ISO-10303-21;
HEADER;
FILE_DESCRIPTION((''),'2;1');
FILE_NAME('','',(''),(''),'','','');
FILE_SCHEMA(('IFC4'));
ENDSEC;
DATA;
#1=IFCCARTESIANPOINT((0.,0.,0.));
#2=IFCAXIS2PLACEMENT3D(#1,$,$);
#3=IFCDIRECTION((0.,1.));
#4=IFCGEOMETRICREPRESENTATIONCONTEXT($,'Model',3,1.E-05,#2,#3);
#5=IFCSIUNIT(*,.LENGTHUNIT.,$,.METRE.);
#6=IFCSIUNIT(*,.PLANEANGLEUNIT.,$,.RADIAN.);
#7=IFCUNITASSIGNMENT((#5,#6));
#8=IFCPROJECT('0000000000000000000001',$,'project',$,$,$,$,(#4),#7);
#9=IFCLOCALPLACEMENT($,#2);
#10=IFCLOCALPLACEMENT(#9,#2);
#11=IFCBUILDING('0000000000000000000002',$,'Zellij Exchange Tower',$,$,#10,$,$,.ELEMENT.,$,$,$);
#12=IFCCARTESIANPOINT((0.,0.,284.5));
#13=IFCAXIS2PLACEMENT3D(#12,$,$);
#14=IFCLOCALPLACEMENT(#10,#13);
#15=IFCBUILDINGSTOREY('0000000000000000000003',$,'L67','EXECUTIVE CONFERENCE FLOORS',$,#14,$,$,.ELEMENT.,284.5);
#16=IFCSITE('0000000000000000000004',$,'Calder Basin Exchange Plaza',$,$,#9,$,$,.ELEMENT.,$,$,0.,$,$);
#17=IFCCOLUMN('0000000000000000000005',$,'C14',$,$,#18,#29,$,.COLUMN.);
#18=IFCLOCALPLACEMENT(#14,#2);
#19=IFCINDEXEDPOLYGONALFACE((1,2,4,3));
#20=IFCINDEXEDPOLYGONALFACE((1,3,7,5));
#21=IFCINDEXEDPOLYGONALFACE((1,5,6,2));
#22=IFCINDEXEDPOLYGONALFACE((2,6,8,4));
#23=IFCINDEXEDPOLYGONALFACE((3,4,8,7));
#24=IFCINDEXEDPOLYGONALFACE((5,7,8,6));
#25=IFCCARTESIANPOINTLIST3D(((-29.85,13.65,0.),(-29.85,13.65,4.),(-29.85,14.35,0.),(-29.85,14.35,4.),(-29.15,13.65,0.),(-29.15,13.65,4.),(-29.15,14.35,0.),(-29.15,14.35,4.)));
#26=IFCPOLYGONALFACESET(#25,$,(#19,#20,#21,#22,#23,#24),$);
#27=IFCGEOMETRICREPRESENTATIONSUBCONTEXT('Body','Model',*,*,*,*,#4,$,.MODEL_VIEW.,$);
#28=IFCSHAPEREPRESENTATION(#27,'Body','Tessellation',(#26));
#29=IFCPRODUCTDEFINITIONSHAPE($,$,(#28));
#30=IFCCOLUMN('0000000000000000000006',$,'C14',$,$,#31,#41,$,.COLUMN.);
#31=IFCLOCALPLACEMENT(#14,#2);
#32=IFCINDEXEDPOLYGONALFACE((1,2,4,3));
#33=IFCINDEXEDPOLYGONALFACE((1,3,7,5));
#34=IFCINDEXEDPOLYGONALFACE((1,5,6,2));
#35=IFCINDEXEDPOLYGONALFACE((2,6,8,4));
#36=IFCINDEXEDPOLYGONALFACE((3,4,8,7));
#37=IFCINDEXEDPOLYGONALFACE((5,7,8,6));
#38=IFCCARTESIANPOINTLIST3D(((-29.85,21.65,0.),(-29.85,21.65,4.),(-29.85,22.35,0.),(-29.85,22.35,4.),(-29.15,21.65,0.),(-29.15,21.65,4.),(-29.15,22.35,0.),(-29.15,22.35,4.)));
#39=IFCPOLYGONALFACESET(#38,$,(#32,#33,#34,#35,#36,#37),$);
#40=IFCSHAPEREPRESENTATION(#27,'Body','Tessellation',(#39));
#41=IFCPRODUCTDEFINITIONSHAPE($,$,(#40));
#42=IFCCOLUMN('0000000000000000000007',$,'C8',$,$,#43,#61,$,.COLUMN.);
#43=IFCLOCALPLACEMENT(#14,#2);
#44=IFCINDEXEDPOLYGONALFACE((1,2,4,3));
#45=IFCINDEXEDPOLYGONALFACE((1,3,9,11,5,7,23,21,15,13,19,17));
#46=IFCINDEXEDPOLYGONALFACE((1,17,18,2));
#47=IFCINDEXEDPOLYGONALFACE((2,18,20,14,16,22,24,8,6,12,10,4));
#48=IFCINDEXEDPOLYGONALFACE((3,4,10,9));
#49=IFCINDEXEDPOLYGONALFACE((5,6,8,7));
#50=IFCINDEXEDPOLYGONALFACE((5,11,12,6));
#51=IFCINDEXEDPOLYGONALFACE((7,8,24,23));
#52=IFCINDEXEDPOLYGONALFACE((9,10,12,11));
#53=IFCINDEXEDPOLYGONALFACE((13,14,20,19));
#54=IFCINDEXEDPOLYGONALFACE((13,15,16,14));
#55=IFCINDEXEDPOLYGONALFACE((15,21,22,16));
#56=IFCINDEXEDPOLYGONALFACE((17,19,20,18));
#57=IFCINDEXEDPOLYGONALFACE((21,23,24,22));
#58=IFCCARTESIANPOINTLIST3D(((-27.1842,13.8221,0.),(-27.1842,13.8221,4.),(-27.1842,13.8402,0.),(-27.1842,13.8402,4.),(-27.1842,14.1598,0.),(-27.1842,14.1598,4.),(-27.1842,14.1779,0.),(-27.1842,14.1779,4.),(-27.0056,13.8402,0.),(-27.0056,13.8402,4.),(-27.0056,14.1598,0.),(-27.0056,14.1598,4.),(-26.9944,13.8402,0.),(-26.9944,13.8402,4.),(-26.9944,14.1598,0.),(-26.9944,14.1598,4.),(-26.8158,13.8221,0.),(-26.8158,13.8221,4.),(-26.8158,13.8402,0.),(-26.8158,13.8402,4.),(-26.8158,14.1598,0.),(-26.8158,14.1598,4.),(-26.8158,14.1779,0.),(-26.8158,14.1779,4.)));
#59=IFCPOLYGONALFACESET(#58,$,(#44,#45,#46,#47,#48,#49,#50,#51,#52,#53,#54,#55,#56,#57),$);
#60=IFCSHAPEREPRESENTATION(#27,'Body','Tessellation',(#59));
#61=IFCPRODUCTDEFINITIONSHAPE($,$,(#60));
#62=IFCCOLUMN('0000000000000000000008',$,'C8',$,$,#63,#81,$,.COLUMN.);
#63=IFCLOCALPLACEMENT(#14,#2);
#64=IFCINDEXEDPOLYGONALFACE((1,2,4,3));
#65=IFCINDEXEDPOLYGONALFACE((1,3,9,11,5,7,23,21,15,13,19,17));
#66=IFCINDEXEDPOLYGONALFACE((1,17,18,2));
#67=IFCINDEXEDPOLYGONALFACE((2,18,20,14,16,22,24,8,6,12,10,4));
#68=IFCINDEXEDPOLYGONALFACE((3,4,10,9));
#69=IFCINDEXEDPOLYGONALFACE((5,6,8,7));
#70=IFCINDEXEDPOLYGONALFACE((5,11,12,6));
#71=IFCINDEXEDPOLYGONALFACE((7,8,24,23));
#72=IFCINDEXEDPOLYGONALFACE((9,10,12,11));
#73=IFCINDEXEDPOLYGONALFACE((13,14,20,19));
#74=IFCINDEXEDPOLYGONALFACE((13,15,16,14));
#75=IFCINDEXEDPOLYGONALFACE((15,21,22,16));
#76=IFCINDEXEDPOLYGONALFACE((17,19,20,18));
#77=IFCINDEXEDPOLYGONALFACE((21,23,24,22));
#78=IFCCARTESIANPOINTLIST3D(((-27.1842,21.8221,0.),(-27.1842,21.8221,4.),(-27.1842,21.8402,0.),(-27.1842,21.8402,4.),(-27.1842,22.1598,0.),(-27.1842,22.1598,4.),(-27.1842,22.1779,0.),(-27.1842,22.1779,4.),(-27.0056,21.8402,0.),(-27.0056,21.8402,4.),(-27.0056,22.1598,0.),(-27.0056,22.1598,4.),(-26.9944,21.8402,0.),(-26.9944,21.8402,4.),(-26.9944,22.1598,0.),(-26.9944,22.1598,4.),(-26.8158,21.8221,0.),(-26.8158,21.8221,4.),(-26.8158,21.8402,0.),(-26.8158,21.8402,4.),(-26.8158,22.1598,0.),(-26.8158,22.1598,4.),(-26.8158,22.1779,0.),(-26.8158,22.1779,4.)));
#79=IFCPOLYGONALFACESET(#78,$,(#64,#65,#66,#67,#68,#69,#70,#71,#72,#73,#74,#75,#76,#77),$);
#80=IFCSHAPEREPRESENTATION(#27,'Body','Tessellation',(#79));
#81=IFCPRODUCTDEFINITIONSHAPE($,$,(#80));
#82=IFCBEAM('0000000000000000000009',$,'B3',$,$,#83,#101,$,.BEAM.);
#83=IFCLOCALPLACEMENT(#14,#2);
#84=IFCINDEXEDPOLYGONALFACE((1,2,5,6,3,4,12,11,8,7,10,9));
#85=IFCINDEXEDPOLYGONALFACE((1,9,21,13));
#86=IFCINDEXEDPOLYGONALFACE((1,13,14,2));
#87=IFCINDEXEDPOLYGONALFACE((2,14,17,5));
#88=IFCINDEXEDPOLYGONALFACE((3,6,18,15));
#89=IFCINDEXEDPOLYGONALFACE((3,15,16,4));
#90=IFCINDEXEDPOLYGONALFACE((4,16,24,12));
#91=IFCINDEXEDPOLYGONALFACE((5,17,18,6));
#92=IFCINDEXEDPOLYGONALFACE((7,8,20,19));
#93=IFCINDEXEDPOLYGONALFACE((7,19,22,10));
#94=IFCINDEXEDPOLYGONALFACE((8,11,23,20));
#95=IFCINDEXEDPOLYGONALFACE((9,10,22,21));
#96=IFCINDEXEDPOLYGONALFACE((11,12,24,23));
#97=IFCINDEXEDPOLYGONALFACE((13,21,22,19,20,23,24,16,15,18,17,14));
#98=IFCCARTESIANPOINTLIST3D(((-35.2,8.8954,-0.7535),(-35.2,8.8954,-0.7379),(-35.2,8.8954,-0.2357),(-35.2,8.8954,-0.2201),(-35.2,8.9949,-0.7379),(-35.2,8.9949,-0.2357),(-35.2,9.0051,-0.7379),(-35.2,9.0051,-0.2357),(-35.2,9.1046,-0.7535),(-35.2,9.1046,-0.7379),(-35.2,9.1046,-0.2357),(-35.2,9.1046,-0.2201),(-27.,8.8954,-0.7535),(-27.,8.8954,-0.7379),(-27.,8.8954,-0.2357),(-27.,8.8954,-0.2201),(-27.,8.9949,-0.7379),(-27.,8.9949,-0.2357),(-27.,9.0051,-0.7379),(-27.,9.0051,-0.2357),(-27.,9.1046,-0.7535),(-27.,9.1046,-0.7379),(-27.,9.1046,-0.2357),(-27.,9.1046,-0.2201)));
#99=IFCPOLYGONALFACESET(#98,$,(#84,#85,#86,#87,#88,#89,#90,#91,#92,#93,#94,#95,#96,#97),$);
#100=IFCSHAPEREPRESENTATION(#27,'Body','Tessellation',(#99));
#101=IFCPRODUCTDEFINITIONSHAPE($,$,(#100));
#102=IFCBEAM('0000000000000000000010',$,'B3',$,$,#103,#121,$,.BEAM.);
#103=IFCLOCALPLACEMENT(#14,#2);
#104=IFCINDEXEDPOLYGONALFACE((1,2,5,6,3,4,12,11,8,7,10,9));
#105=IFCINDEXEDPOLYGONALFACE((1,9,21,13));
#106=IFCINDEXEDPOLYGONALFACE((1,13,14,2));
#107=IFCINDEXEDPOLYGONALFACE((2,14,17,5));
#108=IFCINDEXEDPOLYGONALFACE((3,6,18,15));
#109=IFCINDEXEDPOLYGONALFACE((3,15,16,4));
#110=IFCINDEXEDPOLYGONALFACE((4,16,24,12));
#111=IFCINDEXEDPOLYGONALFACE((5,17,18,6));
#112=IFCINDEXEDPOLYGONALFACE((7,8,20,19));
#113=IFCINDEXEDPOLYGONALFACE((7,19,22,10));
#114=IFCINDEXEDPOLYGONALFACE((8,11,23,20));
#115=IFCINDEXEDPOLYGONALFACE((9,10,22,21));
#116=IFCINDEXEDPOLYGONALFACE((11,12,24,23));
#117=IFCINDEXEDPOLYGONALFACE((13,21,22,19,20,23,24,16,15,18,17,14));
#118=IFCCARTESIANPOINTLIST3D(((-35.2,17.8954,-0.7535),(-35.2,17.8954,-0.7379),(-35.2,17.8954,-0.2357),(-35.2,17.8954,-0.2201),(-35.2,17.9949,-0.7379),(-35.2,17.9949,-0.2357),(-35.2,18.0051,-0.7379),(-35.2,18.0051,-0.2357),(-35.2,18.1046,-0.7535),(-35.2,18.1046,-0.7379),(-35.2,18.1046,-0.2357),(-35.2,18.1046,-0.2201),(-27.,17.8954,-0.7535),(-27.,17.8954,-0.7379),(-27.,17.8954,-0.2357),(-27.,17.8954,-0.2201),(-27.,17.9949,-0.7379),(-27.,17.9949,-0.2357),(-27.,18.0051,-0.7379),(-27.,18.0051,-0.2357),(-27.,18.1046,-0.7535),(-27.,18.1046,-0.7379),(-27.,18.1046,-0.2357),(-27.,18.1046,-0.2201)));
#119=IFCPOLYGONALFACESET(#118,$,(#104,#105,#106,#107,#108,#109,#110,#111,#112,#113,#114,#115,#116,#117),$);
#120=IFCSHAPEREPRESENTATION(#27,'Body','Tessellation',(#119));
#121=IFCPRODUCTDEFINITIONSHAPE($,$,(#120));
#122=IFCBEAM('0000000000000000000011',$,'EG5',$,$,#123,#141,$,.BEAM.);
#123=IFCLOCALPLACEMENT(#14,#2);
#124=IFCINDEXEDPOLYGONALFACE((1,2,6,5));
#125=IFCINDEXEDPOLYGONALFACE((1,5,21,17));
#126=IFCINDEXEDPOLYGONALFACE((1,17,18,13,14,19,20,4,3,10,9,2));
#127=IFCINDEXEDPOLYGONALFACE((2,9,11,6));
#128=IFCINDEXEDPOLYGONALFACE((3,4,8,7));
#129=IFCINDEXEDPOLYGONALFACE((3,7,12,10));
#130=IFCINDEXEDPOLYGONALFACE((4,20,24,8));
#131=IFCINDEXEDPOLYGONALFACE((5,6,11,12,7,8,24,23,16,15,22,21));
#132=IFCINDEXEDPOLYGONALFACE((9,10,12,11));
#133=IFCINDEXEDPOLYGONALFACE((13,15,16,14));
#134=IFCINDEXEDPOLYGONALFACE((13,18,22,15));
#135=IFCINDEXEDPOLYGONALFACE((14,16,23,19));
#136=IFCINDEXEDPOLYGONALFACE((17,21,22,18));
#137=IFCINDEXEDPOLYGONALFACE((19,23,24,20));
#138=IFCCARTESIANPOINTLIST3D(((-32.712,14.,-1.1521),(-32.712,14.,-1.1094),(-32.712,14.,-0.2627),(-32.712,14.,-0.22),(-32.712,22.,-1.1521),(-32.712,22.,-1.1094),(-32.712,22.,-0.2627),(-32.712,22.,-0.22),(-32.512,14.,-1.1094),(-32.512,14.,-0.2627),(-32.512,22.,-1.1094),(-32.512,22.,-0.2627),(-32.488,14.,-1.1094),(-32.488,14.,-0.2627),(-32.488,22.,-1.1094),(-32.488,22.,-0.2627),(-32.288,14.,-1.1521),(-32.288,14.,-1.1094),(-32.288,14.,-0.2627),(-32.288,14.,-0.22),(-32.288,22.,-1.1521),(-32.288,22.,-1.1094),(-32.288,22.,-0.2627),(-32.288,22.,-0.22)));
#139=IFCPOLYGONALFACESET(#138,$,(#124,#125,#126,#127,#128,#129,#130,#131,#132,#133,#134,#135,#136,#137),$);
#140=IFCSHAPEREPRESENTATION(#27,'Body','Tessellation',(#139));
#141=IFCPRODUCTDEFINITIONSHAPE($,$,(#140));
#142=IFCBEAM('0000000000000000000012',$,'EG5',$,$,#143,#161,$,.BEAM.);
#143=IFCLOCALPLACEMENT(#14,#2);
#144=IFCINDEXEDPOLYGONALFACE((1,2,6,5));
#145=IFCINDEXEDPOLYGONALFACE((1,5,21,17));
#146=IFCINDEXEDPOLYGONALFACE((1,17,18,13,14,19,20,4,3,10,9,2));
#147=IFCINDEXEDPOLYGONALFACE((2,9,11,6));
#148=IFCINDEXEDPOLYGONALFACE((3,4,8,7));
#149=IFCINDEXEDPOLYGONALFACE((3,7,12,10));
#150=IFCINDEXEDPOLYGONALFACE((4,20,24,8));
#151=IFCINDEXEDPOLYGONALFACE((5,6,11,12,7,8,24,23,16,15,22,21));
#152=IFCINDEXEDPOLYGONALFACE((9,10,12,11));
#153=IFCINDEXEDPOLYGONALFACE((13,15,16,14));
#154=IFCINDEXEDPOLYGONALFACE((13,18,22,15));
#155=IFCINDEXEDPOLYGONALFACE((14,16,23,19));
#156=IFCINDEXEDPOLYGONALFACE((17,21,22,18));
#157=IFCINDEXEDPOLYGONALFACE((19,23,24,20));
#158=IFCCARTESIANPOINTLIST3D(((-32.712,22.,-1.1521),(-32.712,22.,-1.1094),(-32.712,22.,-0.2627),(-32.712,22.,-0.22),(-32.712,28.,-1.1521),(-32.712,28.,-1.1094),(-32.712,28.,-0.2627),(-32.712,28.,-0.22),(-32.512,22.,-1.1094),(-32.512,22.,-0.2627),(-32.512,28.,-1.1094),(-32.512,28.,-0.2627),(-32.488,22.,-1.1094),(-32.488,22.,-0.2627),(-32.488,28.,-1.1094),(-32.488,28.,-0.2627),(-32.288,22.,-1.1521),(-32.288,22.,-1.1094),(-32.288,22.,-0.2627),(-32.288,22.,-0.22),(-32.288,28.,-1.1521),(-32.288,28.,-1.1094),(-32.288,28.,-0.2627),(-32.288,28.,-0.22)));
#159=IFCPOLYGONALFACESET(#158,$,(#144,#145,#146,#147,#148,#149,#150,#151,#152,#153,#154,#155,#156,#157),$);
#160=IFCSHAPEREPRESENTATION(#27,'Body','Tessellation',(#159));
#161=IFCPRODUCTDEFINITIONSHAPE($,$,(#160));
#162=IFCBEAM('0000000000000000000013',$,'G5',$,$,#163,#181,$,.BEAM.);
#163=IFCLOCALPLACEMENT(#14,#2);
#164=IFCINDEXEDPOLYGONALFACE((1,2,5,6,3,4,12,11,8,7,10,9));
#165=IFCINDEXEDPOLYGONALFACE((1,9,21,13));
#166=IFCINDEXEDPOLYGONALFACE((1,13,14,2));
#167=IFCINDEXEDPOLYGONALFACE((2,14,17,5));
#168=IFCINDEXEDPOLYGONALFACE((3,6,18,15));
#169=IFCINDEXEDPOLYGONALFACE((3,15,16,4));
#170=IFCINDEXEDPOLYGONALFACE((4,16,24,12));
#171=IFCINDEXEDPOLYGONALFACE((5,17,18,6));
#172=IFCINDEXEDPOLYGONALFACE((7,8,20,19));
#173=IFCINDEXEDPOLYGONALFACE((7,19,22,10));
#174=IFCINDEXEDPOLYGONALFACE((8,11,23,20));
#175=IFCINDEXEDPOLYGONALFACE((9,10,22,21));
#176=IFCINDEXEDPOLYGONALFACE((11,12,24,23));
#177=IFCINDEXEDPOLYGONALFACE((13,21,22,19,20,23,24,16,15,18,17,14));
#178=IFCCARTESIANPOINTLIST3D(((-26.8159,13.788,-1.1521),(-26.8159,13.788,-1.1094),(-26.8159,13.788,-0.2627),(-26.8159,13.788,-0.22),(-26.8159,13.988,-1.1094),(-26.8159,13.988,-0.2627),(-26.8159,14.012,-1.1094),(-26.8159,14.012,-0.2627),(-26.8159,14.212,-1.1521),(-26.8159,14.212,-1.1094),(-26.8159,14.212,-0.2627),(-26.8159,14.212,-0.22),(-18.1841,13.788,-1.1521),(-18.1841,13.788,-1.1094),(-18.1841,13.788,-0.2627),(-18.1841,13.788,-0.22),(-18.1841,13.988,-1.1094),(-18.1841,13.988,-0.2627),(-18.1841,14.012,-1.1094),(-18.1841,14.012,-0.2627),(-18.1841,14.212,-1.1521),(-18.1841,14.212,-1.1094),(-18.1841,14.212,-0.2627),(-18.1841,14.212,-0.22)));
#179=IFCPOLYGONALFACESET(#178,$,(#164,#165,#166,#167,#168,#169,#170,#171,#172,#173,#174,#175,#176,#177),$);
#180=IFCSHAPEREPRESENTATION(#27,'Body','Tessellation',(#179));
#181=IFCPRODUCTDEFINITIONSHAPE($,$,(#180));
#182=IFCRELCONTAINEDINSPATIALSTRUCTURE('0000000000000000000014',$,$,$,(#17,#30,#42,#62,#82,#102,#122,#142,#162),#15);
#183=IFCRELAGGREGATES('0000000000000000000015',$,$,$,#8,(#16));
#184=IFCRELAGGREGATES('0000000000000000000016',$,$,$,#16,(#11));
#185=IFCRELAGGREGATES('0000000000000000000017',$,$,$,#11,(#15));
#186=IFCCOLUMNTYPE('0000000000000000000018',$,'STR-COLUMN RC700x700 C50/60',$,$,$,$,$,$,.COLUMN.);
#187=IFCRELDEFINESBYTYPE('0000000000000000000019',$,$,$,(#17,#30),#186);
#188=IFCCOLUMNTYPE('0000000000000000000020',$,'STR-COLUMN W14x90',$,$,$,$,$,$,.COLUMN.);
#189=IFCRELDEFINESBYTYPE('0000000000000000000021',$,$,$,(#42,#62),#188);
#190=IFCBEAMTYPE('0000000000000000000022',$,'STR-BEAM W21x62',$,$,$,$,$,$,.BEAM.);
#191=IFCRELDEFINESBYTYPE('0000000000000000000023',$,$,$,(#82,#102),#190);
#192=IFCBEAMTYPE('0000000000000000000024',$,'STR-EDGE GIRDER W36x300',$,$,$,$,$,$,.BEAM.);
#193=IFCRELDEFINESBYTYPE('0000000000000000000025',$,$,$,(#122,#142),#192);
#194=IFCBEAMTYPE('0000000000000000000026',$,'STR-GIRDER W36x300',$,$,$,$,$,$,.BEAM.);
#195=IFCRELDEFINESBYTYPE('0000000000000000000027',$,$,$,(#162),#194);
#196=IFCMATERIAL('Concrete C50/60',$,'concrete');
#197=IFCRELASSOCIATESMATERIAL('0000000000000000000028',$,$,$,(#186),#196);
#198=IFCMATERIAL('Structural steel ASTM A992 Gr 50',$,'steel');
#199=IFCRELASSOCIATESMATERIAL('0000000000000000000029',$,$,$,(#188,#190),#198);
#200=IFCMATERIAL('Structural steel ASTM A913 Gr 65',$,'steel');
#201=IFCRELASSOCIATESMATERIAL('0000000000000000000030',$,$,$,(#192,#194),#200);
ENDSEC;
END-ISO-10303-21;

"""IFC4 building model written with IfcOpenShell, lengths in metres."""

from ifc_helpers import new_model, si_unit, direction, frame, origin, origin_2d, place, context, subcontext, project, spatial, rectangle, i_section, extrude, material, material_profile, profile_set, type_object, element, save


model = new_model("IFC4")

# Units and contexts
model_context = context("Model", 3, precision=1e-05, world=origin(), true_north=direction((0.0, 1.0)))
body_context = subcontext(model_context, "Body", "Model", "MODEL_VIEW")
ifc_project = project(units=[si_unit("LENGTHUNIT", "METRE"), si_unit("PLANEANGLEUNIT", "RADIAN")], contexts=[model_context])

# Site, building, storey
site_placement = place(None, origin())
site = spatial("IfcSite", under=ifc_project, at=site_placement, Name="Calder Basin Exchange Plaza", CompositionType="ELEMENT", RefElevation=0.0)
building_placement = place(site_placement, origin())
building = spatial("IfcBuilding", under=site, at=building_placement, Name="Zellij Exchange Tower", CompositionType="ELEMENT")
storey_placement = place(building_placement, frame((0.0, 0.0, 284.5)))
storey = spatial("IfcBuildingStorey", under=building, at=storey_placement, Name="L67", Description="EXECUTIVE CONFERENCE FLOORS", CompositionType="ELEMENT", Elevation=284.5)

# Columns
ifc_material_1 = material(Name="Concrete C50/60", Category="concrete")
ifc_material_profile_1 = material_profile(ifc_material_1, rectangle(XDim=0.7, YDim=0.7, at=origin_2d()), Name="STR-COLUMN RC700x700 C50/60")
ifc_profile_set_1 = profile_set([ifc_material_profile_1], Name="Concrete C50/60")
column_type_1 = type_object("IfcColumnType", Name="STR-COLUMN RC700x700 C50/60", PredefinedType="COLUMN", material=ifc_profile_set_1)
for number, where, z_axis, x_axis, name in (
    (1, (-29.5, 14.0, 0.0), (0.0, 0.0, 1.0), (1.0, 0.0, 0.0), "C14"),
    (2, (-29.5, 22.0, 0.0), (0.0, 0.0, 1.0), (1.0, 0.0, 0.0), "C14"),
):
    element("IfcColumn", number, at=place(storey_placement, frame(where, z_axis=z_axis, x_axis=x_axis)), inside=storey, type_object=column_type_1, Name=name, PredefinedType="COLUMN", context=body_context, shape_type="SweptSolid", body=[
        extrude(rectangle(XDim=0.7, YDim=0.7, at=origin_2d()), origin(), (0.0, 0.0, 1.0), 4.0),
    ])
ifc_material_2 = material(Name="Structural steel ASTM A992 Gr 50", Category="steel")
ifc_material_profile_2 = material_profile(ifc_material_2, i_section(OverallWidth=0.3684, OverallDepth=0.3557, WebThickness=0.0112, FlangeThickness=0.0181, at=origin_2d()), Name="W14x90")
ifc_profile_set_2 = profile_set([ifc_material_profile_2], Name="Structural steel ASTM A992 Gr 50")
column_type_2 = type_object("IfcColumnType", Name="STR-COLUMN W14x90", PredefinedType="COLUMN", material=ifc_profile_set_2)
for number, where, z_axis, x_axis, name in (
    (3, (-27.0, 14.0, 0.0), (0.0, 0.0, 1.0), (1.0, 0.0, 0.0), "C8"),
    (4, (-27.0, 22.0, 0.0), (0.0, 0.0, 1.0), (1.0, 0.0, 0.0), "C8"),
):
    element("IfcColumn", number, at=place(storey_placement, frame(where, z_axis=z_axis, x_axis=x_axis)), inside=storey, type_object=column_type_2, Name=name, PredefinedType="COLUMN", context=body_context, shape_type="SweptSolid", body=[
        extrude(i_section(OverallWidth=0.3684, OverallDepth=0.3557, WebThickness=0.0112, FlangeThickness=0.0181, at=origin_2d()), origin(), (0.0, 0.0, 1.0), 4.0),
    ])

# Beams
ifc_material_profile_3 = material_profile(ifc_material_2, i_section(OverallWidth=0.2092, OverallDepth=0.5334, WebThickness=0.0103, FlangeThickness=0.0156, at=origin_2d()), Name="W21x62")
ifc_profile_set_3 = profile_set([ifc_material_profile_3], Name="Structural steel ASTM A992 Gr 50")
beam_type_1 = type_object("IfcBeamType", Name="STR-BEAM W21x62", PredefinedType="BEAM", material=ifc_profile_set_3)
for number, where, z_axis, x_axis, name in (
    (5, (-35.2, 9.0, -0.4868), (1.0, 0.0, 0.0), (0.0, 1.0, 0.0), "B3"),
    (6, (-35.2, 18.0, -0.4868), (1.0, 0.0, 0.0), (0.0, 1.0, 0.0), "B3"),
):
    element("IfcBeam", number, at=place(storey_placement, frame(where, z_axis=z_axis, x_axis=x_axis)), inside=storey, type_object=beam_type_1, Name=name, PredefinedType="BEAM", context=body_context, shape_type="SweptSolid", body=[
        extrude(i_section(OverallWidth=0.2092, OverallDepth=0.5334, WebThickness=0.0103, FlangeThickness=0.0156, at=origin_2d()), origin(), (0.0, 0.0, 1.0), 8.2),
    ])
ifc_material_3 = material(Name="Structural steel ASTM A913 Gr 65", Category="steel")
ifc_material_profile_4 = material_profile(ifc_material_3, i_section(OverallWidth=0.4241, OverallDepth=0.9321, WebThickness=0.0239, FlangeThickness=0.0427, at=origin_2d()), Name="W36x300")
ifc_profile_set_4 = profile_set([ifc_material_profile_4], Name="Structural steel ASTM A913 Gr 65")
beam_type_2 = type_object("IfcBeamType", Name="STR-EDGE GIRDER W36x300", PredefinedType="BEAM", material=ifc_profile_set_4)
beam_1_placement = place(storey_placement, frame((-32.5, 14.0, -0.686), z_axis=(0.0, 1.0, 0.0), x_axis=(-1.0, 0.0, 0.0)))
element("IfcBeam", 7, at=beam_1_placement, inside=storey, type_object=beam_type_2, Name="EG5", PredefinedType="BEAM", context=body_context, shape_type="SweptSolid", body=[
    extrude(i_section(OverallWidth=0.4241, OverallDepth=0.9321, WebThickness=0.0239, FlangeThickness=0.0427, at=origin_2d()), origin(), (0.0, 0.0, 1.0), 8.0),
])
beam_2_placement = place(storey_placement, frame((-32.5, 22.0, -0.686), z_axis=(0.0, 1.0, 0.0), x_axis=(-1.0, 0.0, 0.0)))
element("IfcBeam", 8, at=beam_2_placement, inside=storey, type_object=beam_type_2, Name="EG5", PredefinedType="BEAM", context=body_context, shape_type="SweptSolid", body=[
    extrude(i_section(OverallWidth=0.4241, OverallDepth=0.9321, WebThickness=0.0239, FlangeThickness=0.0427, at=origin_2d()), origin(), (0.0, 0.0, 1.0), 6.0),
])
ifc_material_profile_5 = material_profile(ifc_material_3, i_section(OverallWidth=0.4241, OverallDepth=0.9321, WebThickness=0.0239, FlangeThickness=0.0427, at=origin_2d()), Name="W36x300")
ifc_profile_set_5 = profile_set([ifc_material_profile_5], Name="Structural steel ASTM A913 Gr 65")
beam_type_3 = type_object("IfcBeamType", Name="STR-GIRDER W36x300", PredefinedType="BEAM", material=ifc_profile_set_5)
for number, where, z_axis, x_axis, name in (
    (9, (-26.8159, 14.0, -0.686), (1.0, 0.0, 0.0), (0.0, 1.0, 0.0), "G5"),
):
    element("IfcBeam", number, at=place(storey_placement, frame(where, z_axis=z_axis, x_axis=x_axis)), inside=storey, type_object=beam_type_3, Name=name, PredefinedType="BEAM", context=body_context, shape_type="SweptSolid", body=[
        extrude(i_section(OverallWidth=0.4241, OverallDepth=0.9321, WebThickness=0.0239, FlangeThickness=0.0427, at=origin_2d()), origin(), (0.0, 0.0, 1.0), 8.6318),
    ])

save(model, "model.ifc")
